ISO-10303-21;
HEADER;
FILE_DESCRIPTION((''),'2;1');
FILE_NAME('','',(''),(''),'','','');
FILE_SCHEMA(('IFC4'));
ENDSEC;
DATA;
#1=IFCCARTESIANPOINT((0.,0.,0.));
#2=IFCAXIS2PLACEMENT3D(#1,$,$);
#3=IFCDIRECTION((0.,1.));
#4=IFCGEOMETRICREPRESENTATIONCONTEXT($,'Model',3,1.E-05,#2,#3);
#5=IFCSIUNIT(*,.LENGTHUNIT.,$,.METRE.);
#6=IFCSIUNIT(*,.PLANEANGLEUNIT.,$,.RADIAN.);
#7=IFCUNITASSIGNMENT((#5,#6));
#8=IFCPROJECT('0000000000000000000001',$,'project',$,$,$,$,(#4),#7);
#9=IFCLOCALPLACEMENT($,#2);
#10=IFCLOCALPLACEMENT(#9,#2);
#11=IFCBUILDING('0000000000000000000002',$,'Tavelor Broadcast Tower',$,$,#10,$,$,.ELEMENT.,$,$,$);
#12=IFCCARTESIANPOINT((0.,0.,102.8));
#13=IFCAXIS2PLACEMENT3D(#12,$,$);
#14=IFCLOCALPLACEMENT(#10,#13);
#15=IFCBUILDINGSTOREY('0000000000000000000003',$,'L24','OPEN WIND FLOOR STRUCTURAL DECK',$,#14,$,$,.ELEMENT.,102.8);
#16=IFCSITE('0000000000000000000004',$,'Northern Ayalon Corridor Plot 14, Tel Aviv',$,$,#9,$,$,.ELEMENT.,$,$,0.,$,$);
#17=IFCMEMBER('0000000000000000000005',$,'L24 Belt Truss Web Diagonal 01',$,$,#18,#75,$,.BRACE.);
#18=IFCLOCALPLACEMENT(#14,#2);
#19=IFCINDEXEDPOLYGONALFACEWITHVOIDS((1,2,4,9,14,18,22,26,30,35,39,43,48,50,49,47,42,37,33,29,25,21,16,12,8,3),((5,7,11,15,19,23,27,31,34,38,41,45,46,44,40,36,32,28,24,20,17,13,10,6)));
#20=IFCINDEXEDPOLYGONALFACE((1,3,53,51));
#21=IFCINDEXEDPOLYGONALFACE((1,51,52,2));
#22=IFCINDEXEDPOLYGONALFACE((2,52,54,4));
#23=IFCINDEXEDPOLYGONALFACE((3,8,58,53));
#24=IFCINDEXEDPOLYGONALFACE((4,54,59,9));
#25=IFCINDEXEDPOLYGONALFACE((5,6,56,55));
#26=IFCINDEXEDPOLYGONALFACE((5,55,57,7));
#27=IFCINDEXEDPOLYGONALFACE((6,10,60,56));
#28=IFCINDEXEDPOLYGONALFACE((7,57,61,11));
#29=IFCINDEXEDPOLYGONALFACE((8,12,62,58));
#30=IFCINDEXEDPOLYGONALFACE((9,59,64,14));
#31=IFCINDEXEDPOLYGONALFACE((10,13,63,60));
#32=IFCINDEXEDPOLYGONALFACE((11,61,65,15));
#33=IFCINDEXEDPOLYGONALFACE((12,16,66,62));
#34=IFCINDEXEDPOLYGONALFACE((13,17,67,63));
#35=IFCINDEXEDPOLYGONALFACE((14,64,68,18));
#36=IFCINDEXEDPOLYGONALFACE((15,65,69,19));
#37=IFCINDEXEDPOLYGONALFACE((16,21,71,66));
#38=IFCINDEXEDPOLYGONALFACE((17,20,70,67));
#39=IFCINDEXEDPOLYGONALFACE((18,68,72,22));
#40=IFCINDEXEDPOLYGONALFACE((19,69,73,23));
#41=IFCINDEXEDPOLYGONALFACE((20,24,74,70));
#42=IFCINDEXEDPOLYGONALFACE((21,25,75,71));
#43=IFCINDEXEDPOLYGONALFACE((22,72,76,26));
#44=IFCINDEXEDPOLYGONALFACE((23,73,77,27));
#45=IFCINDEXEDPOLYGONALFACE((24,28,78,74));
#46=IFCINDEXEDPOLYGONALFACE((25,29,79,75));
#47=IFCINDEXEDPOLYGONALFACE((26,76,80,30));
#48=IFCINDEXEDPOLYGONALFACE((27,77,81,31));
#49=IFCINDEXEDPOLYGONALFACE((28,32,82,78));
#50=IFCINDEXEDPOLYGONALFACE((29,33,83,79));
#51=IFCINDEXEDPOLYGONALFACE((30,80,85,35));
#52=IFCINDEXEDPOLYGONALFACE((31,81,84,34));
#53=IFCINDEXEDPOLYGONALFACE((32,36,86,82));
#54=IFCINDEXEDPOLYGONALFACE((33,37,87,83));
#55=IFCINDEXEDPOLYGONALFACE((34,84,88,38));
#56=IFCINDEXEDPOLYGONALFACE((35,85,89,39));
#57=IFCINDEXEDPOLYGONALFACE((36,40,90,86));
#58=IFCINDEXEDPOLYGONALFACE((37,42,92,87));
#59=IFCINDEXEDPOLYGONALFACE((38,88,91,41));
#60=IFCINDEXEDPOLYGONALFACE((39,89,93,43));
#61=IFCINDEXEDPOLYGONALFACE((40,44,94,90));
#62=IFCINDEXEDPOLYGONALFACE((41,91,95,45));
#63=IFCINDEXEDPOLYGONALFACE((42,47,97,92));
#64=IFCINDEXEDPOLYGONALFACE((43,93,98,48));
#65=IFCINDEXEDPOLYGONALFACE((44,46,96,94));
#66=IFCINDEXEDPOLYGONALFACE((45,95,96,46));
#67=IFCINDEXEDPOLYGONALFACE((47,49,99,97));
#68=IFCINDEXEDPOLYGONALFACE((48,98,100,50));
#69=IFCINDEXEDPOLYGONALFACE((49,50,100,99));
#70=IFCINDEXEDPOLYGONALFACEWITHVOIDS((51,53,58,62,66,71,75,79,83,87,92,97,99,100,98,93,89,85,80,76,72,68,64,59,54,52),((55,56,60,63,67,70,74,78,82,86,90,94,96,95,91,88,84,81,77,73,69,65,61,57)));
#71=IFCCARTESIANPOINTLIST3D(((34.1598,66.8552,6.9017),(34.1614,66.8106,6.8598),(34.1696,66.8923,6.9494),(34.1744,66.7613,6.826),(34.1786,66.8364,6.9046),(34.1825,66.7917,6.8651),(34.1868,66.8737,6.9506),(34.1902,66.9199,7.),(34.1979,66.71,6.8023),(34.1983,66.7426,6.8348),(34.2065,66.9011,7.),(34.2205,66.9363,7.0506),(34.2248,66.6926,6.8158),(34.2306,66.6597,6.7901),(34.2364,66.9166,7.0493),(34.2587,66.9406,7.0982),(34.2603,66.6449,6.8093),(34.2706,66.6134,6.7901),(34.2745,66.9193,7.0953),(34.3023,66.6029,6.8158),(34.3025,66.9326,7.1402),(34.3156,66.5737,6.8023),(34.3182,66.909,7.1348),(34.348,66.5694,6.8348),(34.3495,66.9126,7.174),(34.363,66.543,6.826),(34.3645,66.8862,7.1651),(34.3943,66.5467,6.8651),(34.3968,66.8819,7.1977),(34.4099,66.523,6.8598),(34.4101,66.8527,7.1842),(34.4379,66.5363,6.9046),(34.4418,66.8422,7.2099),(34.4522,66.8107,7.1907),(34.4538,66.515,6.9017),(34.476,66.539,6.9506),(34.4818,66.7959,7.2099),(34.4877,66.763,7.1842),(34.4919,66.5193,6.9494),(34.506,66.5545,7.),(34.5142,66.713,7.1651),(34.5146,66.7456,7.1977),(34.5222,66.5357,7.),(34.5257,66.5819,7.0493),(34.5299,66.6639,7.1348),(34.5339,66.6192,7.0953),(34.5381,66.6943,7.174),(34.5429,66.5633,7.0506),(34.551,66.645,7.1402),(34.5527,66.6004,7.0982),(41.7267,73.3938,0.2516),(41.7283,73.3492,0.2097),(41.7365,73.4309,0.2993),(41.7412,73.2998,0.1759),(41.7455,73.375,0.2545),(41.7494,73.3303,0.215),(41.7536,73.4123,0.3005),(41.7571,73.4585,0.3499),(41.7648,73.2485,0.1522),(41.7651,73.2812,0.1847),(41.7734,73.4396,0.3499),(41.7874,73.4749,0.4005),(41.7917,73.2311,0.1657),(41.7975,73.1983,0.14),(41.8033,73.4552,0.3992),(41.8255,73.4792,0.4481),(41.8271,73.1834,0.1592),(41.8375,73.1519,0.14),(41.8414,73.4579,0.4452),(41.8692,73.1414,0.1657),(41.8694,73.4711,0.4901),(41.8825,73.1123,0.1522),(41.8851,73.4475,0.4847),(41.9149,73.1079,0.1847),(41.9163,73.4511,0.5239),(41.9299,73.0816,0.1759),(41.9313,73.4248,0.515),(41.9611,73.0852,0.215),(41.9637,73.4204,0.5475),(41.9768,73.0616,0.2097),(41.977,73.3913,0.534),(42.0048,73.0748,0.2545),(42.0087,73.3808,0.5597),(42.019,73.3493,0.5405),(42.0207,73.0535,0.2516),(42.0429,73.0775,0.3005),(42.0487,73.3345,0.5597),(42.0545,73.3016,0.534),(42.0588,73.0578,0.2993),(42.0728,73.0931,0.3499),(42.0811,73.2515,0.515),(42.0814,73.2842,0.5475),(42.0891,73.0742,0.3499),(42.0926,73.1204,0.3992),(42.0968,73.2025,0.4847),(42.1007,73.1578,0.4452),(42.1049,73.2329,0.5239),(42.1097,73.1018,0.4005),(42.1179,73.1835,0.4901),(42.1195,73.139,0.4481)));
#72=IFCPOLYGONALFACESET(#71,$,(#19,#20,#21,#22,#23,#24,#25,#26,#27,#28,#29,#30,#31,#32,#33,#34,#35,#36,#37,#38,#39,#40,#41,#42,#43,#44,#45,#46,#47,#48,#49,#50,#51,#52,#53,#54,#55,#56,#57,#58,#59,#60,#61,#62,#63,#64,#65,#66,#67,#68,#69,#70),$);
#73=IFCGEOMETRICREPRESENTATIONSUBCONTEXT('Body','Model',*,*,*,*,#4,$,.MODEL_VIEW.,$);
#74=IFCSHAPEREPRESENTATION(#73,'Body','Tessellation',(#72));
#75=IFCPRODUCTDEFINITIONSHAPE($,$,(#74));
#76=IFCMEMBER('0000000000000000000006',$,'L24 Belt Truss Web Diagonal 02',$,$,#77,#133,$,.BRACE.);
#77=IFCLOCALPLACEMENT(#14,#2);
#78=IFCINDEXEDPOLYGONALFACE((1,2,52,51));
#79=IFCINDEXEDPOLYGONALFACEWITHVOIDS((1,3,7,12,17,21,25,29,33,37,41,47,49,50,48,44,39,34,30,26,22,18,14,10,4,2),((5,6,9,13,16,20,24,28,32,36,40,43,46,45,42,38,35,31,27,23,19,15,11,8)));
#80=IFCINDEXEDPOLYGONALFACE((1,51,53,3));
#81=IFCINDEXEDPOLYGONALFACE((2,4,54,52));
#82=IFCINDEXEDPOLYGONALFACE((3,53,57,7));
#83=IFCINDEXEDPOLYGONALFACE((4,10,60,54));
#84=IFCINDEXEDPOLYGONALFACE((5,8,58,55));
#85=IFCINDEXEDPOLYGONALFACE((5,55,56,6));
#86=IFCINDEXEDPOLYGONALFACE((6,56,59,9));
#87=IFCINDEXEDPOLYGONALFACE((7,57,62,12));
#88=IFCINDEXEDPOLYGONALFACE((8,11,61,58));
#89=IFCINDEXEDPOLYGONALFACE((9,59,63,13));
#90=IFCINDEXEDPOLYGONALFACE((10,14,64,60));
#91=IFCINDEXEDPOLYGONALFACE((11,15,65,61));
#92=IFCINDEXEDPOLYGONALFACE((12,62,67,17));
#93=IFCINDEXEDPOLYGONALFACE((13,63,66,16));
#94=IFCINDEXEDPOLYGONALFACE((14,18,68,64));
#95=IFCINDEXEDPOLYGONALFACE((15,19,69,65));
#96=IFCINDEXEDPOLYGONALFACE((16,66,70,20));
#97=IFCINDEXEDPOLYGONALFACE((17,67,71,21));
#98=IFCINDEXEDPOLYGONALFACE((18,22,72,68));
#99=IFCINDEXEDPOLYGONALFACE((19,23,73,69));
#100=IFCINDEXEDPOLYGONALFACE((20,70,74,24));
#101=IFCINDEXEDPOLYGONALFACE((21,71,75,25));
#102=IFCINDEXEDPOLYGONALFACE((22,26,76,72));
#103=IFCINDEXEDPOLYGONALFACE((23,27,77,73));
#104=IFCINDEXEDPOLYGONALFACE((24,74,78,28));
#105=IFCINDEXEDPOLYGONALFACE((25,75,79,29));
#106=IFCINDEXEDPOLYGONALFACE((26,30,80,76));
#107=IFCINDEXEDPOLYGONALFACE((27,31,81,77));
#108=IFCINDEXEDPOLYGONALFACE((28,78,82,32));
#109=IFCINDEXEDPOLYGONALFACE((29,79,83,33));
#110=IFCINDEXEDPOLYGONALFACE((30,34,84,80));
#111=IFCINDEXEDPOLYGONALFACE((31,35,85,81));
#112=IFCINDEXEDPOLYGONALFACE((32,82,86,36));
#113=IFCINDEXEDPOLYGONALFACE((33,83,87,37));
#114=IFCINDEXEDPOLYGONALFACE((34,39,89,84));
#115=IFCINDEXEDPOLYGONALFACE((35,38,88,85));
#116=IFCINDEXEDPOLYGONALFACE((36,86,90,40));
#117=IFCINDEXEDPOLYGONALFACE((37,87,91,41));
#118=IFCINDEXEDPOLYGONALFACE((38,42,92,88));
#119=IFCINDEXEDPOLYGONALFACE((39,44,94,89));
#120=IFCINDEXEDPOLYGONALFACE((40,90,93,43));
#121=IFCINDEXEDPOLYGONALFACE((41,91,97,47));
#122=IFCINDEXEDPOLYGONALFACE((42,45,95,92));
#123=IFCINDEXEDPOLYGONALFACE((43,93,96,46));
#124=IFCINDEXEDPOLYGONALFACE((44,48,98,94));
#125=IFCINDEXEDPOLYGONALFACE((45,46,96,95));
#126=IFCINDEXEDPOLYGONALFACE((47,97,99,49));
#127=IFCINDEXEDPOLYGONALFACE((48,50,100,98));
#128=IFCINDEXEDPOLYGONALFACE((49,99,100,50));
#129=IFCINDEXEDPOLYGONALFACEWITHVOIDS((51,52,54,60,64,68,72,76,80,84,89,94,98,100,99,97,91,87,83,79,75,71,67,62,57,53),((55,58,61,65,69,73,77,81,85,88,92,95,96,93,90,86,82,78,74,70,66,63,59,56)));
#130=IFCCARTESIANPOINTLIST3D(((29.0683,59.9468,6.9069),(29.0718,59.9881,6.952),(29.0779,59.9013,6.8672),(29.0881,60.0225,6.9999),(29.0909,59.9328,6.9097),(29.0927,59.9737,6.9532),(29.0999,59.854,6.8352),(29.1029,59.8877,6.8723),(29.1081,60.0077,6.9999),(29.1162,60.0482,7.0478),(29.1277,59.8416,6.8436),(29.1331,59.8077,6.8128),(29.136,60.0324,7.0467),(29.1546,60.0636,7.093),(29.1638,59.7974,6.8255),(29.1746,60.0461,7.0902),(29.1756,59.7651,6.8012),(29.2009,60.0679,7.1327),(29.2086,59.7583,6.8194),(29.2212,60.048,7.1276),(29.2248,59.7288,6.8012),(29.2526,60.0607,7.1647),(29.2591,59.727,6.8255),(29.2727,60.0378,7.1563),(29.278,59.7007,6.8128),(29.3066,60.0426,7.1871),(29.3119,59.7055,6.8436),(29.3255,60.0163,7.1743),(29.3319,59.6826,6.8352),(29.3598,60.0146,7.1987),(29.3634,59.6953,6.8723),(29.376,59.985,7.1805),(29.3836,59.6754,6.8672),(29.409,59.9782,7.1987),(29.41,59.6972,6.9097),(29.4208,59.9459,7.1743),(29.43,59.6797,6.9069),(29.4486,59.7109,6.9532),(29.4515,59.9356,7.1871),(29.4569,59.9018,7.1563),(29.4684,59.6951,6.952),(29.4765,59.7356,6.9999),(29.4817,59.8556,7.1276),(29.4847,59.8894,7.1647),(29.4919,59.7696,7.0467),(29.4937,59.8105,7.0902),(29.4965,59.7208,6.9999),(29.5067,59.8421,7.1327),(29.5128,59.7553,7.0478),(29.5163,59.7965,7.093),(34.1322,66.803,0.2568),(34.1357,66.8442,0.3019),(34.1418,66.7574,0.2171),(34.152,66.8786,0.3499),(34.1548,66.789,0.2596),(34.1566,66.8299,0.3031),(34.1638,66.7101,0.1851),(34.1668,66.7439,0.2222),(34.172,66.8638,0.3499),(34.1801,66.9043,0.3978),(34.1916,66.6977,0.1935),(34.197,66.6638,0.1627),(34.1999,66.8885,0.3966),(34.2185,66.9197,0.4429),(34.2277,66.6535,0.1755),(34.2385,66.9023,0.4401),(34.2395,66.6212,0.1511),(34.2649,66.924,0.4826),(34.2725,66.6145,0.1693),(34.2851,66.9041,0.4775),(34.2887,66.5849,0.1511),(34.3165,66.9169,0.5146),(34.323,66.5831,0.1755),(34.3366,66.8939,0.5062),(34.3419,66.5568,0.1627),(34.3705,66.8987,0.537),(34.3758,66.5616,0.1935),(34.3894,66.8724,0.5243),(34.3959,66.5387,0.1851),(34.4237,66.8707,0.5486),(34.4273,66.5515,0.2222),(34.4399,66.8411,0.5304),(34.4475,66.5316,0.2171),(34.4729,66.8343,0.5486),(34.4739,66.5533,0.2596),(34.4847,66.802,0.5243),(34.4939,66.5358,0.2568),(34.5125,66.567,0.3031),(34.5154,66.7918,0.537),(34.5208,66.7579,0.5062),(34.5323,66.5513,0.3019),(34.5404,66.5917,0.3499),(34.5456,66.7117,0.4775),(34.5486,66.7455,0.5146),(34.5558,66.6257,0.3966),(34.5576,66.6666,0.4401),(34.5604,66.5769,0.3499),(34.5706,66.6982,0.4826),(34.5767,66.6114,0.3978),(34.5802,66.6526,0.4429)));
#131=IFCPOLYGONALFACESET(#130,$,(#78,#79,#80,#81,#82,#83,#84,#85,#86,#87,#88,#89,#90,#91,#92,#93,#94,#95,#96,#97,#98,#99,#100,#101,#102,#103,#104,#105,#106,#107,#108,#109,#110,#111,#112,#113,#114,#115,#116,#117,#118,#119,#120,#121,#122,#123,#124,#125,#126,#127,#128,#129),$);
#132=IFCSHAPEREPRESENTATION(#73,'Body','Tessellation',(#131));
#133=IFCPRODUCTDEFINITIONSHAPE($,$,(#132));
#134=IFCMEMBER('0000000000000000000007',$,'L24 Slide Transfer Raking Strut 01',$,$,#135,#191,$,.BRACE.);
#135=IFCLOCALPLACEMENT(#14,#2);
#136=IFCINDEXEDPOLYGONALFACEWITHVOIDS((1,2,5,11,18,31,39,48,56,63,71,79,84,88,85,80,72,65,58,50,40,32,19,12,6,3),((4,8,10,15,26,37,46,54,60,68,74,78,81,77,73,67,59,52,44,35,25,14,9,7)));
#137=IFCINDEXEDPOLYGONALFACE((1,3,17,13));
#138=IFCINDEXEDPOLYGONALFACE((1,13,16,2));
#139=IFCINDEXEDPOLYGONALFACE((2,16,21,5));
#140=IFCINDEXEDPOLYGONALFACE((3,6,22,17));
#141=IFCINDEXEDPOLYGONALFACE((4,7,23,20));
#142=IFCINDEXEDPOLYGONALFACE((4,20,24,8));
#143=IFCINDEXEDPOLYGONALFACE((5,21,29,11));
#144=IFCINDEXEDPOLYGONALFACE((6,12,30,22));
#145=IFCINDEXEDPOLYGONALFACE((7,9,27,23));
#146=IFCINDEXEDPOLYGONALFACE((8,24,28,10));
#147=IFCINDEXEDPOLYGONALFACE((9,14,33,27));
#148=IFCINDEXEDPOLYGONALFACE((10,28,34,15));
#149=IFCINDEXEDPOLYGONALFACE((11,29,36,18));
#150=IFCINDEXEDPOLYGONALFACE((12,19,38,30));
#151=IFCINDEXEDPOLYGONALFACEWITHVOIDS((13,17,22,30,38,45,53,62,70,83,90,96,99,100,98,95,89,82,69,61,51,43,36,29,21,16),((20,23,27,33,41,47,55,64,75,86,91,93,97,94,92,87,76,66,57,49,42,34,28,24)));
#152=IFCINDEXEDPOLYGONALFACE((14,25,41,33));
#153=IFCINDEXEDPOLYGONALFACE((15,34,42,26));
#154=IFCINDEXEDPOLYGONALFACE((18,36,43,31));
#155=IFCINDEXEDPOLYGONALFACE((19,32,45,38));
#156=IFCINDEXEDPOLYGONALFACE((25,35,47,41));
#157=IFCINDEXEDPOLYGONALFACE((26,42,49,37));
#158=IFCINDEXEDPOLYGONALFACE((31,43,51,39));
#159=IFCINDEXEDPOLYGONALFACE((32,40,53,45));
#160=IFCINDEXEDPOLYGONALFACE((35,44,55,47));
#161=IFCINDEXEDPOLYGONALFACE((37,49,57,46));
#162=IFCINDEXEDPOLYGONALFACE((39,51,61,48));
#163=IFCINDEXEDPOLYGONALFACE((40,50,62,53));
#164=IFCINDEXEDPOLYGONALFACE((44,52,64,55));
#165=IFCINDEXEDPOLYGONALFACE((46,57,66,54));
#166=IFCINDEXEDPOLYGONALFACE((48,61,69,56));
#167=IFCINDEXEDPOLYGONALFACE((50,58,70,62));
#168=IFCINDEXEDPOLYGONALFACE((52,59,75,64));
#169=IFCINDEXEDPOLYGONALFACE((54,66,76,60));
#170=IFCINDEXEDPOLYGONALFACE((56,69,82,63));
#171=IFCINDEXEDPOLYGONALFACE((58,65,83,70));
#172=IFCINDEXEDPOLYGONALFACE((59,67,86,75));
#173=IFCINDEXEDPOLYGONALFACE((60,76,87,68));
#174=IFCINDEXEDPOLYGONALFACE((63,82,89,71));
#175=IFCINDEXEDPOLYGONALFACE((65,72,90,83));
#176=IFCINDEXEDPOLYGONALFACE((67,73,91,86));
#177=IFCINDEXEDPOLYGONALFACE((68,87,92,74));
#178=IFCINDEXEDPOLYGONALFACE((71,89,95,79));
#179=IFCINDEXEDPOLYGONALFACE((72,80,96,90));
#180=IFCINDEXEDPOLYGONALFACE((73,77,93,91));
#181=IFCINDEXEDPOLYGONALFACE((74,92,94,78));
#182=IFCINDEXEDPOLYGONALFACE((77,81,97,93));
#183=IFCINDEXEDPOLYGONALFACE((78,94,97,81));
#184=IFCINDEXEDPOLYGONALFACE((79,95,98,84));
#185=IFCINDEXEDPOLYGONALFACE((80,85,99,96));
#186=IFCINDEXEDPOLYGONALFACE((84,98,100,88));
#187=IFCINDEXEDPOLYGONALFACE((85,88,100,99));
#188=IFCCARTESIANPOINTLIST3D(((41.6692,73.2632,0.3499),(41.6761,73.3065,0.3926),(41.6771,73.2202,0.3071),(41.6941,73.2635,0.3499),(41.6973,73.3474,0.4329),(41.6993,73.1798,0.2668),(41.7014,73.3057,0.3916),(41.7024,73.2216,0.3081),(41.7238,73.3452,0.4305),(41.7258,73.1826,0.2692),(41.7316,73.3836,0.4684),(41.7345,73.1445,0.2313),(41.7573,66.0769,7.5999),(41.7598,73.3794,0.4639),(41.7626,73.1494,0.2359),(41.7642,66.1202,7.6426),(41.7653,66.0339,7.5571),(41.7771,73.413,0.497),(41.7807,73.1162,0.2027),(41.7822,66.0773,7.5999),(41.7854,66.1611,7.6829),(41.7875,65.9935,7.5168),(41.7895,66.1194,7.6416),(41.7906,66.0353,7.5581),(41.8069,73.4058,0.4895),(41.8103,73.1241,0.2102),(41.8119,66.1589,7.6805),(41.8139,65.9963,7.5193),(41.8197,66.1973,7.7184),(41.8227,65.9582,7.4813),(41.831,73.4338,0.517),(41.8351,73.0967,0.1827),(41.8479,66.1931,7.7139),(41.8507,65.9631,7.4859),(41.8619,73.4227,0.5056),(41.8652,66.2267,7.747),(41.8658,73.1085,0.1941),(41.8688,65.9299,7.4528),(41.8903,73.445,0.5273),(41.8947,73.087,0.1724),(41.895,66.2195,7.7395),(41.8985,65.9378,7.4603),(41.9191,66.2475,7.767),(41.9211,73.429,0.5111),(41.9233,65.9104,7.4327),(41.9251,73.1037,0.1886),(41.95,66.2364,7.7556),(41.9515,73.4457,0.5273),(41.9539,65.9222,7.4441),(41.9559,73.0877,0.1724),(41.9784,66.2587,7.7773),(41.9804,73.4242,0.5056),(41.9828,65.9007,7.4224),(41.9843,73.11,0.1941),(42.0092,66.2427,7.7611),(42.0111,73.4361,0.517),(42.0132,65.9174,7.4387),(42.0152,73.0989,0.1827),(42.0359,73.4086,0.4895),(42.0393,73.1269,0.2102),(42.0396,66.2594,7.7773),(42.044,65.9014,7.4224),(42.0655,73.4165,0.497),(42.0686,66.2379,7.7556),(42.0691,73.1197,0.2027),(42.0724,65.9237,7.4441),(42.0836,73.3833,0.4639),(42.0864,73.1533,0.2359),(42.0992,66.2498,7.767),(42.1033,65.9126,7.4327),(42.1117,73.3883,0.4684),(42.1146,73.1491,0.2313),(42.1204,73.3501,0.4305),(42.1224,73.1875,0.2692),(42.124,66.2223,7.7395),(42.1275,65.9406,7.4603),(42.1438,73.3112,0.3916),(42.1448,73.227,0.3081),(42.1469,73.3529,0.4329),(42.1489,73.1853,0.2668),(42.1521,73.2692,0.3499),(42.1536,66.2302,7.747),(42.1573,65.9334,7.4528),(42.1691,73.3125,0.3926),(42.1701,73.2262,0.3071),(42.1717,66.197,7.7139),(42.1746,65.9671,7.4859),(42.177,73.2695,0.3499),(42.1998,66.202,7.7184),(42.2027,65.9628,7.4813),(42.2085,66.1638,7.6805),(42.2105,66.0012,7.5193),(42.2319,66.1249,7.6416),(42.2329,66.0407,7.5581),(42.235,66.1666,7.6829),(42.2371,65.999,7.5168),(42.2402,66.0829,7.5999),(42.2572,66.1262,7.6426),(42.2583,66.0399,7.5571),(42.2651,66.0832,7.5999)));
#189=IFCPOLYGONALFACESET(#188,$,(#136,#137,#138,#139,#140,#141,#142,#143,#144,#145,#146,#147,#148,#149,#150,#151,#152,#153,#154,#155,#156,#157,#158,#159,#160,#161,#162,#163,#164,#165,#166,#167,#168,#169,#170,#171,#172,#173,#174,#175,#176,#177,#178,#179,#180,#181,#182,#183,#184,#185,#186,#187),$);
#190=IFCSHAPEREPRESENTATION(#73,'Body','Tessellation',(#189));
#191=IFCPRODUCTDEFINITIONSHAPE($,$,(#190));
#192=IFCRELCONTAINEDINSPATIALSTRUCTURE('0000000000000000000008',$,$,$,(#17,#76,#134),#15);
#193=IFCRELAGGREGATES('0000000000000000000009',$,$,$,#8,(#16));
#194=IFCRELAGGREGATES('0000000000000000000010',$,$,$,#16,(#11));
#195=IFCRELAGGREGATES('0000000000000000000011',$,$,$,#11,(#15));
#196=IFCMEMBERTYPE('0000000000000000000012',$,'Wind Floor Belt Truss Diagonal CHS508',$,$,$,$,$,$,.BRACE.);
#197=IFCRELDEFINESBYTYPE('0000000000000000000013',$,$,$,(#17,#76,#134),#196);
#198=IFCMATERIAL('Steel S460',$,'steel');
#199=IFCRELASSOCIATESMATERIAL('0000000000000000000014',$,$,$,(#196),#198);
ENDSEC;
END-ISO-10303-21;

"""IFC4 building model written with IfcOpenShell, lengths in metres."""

from ifc_helpers import new_model, si_unit, direction, frame, origin, origin_2d, place, context, subcontext, project, spatial, hollow_circle, extrude, material, material_profile, profile_set, type_object, element, save


model = new_model("IFC4")

# Units and contexts
model_context = context("Model", 3, precision=1e-05, world=origin(), true_north=direction((0.0, 1.0)))
body_context = subcontext(model_context, "Body", "Model", "MODEL_VIEW")
ifc_project = project(units=[si_unit("LENGTHUNIT", "METRE"), si_unit("PLANEANGLEUNIT", "RADIAN")], contexts=[model_context])

# Site, building, storey
site_placement = place(None, origin())
site = spatial("IfcSite", under=ifc_project, at=site_placement, Name="Northern Ayalon Corridor Plot 14, Tel Aviv", CompositionType="ELEMENT", RefElevation=0.0)
building_placement = place(site_placement, origin())
building = spatial("IfcBuilding", under=site, at=building_placement, Name="Tavelor Broadcast Tower", CompositionType="ELEMENT")
storey_placement = place(building_placement, frame((0.0, 0.0, 102.8)))
storey = spatial("IfcBuildingStorey", under=building, at=storey_placement, Name="L24", Description="OPEN WIND FLOOR STRUCTURAL DECK", CompositionType="ELEMENT", Elevation=102.8)

# Shared definitions
ifc_material_1 = material(Name="Steel S460", Category="steel")

# Members
ifc_material_profile_1 = material_profile(ifc_material_1, hollow_circle(Radius=0.2539, WallThickness=0.0249, at=origin_2d()), Name="CHS 508x25")
ifc_profile_set_1 = profile_set([ifc_material_profile_1], Name="Steel S460")
member_type_1 = type_object("IfcMemberType", Name="Wind Floor Belt Truss Diagonal CHS508", PredefinedType="BRACE", material=ifc_profile_set_1)
member_1_placement = place(storey_placement, frame((41.9231, 73.2664, 0.3499), z_axis=(-0.63006, -0.544437, 0.553727), x_axis=(0.653822, -0.756648, 0.0)))
element("IfcMember", 1, at=member_1_placement, inside=storey, type_object=member_type_1, Name="L24 Belt Truss Web Diagonal 01", PredefinedType="BRACE", context=body_context, shape_type="SweptSolid", body=[
    extrude(hollow_circle(Radius=0.2539, WallThickness=0.0249, at=origin_2d()), origin(), (0.0, 0.0, 1.0), 12.0098),
])
member_2_placement = place(storey_placement, frame((34.3562, 66.7278, 0.3499), z_axis=(-0.468413, -0.634193, 0.615133), x_axis=(0.804381, -0.594113, 0.0)))
element("IfcMember", 2, at=member_2_placement, inside=storey, type_object=member_type_1, Name="L24 Belt Truss Web Diagonal 02", PredefinedType="BRACE", context=body_context, shape_type="SweptSolid", body=[
    extrude(hollow_circle(Radius=0.2539, WallThickness=0.0249, at=origin_2d()), origin(), (0.0, 0.0, 1.0), 10.8108),
])
member_3_placement = place(storey_placement, frame((41.9231, 73.2664, 0.3499), z_axis=(0.008633, -0.703953, 0.710195), x_axis=(0.999925, 0.012263, 0.0)))
element("IfcMember", 3, at=member_3_placement, inside=storey, type_object=member_type_1, Name="L24 Slide Transfer Raking Strut 01", PredefinedType="BRACE", context=body_context, shape_type="SweptSolid", body=[
    extrude(hollow_circle(Radius=0.2539, WallThickness=0.0249, at=origin_2d()), origin(), (0.0, 0.0, 1.0), 10.2085),
])

save(model, "model.ifc")
